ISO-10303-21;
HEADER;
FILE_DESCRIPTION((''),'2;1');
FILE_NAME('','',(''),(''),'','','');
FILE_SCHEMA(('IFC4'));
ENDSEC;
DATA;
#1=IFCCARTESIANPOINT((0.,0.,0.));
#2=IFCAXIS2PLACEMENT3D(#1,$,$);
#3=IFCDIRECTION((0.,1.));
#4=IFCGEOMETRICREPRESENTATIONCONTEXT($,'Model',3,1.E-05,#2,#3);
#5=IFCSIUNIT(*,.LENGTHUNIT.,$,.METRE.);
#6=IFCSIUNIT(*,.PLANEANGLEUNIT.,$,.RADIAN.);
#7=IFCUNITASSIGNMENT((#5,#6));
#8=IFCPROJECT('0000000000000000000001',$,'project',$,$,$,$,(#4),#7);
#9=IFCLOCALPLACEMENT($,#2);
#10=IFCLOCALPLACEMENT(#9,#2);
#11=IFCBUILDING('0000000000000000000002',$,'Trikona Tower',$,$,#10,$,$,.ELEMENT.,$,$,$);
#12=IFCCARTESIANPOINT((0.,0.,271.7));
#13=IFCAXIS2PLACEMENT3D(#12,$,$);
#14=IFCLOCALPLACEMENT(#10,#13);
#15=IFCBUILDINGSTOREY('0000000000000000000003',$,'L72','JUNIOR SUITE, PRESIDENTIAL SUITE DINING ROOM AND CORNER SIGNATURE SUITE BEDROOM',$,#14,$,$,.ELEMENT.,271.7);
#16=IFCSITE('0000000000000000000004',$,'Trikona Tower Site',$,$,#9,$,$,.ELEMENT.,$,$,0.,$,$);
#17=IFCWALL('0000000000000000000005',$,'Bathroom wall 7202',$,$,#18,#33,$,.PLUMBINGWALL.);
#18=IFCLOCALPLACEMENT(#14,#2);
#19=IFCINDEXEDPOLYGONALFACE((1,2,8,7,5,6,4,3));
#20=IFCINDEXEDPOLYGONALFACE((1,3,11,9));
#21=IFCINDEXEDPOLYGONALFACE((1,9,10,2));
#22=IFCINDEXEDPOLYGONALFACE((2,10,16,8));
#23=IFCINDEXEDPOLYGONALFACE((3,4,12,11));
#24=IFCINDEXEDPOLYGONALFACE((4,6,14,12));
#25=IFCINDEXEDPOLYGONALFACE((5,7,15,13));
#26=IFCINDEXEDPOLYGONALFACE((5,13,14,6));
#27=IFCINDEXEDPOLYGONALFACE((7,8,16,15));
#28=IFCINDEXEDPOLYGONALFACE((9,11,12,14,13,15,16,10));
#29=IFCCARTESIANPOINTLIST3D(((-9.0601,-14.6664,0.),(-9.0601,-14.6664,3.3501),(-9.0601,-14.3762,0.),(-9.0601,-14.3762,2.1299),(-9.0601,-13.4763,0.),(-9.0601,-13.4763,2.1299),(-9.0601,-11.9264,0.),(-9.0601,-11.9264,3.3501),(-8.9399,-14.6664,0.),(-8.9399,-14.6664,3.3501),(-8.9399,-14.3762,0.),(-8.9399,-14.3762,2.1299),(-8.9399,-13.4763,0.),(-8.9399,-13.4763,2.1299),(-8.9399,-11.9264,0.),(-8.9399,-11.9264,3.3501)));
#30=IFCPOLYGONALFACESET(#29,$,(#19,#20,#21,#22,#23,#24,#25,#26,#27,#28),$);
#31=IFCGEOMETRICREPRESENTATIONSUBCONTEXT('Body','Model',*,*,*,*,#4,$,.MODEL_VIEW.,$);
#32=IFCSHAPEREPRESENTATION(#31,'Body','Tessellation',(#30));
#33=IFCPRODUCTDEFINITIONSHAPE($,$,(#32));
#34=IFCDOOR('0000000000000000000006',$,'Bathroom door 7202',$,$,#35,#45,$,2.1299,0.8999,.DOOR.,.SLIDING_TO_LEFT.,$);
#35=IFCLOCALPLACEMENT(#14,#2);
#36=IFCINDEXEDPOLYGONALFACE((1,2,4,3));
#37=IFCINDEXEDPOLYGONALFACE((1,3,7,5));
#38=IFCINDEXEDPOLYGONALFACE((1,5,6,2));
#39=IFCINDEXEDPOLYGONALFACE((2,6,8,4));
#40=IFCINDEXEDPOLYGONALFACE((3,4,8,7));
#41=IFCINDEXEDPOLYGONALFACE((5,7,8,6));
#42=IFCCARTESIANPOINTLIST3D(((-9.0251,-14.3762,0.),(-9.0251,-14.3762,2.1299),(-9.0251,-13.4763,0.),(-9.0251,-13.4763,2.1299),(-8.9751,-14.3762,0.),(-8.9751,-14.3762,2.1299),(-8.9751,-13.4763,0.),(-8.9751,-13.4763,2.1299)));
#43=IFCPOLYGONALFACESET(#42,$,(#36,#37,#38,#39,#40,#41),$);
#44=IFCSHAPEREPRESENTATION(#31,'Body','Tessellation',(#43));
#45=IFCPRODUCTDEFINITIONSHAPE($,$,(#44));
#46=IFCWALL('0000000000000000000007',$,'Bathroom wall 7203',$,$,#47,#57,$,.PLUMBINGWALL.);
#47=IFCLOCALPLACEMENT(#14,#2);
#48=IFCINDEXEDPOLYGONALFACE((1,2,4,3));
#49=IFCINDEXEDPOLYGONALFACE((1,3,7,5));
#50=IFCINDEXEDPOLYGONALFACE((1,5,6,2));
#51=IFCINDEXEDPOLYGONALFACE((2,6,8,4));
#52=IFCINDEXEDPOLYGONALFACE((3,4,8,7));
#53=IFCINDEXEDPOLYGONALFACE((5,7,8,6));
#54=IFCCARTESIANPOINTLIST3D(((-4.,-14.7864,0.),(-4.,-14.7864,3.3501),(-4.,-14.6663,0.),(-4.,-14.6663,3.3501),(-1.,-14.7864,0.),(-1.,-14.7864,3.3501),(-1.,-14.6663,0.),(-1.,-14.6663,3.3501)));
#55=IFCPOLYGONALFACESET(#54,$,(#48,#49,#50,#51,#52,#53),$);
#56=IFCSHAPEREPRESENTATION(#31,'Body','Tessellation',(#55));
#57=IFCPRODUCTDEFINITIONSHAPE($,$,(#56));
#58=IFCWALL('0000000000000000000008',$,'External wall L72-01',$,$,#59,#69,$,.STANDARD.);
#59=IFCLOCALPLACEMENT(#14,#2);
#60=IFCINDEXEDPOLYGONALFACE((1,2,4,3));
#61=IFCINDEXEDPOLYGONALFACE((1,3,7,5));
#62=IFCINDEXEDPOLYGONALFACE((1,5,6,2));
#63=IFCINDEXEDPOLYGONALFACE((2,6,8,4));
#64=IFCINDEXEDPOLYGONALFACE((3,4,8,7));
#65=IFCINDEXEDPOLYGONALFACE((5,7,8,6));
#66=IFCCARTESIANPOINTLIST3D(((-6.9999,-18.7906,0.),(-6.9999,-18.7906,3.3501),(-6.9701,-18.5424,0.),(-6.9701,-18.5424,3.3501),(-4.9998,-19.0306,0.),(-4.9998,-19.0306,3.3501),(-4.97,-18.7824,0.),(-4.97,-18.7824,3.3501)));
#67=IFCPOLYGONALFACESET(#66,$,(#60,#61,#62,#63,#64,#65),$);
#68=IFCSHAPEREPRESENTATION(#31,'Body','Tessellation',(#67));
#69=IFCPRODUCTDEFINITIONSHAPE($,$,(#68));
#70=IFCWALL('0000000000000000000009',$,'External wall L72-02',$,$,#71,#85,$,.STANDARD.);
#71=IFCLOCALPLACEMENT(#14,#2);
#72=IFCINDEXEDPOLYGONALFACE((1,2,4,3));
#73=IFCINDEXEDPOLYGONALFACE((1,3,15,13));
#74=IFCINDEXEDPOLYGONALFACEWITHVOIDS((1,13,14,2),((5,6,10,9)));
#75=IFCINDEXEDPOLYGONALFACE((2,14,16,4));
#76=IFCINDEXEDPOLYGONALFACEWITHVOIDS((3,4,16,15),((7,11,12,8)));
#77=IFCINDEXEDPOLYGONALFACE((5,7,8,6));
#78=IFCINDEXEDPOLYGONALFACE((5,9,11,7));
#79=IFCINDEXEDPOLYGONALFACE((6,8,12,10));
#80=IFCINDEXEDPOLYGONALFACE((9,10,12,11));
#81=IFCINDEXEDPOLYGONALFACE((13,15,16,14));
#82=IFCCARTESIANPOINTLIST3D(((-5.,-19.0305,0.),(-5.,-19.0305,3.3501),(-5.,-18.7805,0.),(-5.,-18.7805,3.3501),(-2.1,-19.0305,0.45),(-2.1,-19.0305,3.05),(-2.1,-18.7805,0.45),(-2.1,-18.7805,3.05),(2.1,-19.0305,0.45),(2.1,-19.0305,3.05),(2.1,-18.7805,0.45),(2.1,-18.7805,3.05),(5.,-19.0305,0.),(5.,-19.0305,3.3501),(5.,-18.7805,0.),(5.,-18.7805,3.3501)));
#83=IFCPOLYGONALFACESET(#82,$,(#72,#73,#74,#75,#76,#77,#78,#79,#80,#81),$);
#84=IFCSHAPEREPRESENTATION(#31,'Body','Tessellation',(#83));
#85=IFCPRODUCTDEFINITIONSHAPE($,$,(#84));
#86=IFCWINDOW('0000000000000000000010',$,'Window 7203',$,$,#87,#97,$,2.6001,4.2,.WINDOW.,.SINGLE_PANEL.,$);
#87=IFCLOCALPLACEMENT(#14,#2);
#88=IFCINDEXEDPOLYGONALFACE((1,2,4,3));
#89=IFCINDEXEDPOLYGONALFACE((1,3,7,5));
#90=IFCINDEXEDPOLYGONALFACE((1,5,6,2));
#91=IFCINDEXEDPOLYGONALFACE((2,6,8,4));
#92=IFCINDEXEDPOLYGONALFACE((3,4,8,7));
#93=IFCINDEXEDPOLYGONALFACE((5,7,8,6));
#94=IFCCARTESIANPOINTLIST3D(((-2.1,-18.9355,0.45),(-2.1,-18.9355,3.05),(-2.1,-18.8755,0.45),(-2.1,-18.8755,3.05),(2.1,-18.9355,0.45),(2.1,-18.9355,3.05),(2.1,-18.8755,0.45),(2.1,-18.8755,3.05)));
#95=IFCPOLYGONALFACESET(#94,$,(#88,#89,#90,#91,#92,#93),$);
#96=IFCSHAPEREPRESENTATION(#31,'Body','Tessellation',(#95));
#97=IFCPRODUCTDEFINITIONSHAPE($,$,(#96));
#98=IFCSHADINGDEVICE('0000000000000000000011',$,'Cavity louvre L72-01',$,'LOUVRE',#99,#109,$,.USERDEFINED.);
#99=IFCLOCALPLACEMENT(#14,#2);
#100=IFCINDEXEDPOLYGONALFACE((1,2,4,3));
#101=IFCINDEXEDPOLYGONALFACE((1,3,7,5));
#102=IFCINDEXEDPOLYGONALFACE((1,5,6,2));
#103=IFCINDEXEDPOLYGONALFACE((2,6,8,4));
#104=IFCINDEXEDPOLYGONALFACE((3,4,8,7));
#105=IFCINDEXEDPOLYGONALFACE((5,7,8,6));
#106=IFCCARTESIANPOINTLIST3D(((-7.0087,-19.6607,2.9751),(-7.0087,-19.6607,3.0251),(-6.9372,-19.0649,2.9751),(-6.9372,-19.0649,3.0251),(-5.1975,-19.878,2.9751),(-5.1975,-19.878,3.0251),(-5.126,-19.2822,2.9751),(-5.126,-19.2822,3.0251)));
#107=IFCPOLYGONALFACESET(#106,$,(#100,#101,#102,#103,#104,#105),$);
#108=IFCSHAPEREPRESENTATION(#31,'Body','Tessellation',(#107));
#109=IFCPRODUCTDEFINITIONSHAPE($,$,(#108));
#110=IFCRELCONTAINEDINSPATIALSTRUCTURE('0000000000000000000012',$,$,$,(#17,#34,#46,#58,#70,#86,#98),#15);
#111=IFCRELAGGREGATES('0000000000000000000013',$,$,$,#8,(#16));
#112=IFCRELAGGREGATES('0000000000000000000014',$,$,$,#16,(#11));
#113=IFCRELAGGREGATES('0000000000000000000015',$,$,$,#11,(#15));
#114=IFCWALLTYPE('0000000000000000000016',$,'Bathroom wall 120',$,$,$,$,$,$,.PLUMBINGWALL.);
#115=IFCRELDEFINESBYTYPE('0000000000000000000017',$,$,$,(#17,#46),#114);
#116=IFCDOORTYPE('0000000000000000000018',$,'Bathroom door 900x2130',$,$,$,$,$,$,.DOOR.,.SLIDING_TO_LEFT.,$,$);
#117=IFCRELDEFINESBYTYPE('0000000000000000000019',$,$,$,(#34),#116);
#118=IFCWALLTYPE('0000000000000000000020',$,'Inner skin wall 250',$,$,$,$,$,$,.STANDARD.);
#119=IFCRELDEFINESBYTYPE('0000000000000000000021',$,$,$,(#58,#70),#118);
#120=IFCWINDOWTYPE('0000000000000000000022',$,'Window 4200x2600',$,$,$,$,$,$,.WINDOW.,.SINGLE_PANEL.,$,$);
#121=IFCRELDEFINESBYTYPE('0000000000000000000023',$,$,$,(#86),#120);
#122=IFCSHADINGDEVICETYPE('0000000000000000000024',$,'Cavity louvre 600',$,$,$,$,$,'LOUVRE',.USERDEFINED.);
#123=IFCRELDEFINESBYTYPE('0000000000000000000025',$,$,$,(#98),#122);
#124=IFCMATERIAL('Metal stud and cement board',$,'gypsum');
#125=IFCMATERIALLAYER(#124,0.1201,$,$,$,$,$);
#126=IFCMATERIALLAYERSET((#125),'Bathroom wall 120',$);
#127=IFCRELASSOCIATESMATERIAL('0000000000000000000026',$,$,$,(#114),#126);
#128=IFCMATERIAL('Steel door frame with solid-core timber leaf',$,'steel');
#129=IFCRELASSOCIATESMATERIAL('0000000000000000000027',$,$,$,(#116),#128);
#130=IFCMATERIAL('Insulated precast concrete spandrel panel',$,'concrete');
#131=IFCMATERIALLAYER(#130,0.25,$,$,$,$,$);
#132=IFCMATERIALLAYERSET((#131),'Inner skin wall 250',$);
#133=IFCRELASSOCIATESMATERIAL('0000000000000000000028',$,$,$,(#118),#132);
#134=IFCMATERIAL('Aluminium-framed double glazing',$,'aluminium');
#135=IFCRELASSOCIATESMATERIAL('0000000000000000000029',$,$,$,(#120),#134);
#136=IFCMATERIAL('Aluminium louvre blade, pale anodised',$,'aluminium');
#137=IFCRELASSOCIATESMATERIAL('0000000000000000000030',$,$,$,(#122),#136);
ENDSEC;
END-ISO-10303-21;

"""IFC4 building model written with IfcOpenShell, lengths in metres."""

from ifc_helpers import new_model, si_unit, direction, frame, frame_2d, origin, origin_2d, place, context, subcontext, project, spatial, rectangle, extrude, material, layer, layer_set, type_object, element, fill, save


model = new_model("IFC4")

# Units and contexts
model_context = context("Model", 3, precision=1e-05, world=origin(), true_north=direction((0.0, 1.0)))
body_context = subcontext(model_context, "Body", "Model", "MODEL_VIEW")
ifc_project = project(units=[si_unit("LENGTHUNIT", "METRE"), si_unit("PLANEANGLEUNIT", "RADIAN")], contexts=[model_context])

# Site, building, storey
site_placement = place(None, origin())
site = spatial("IfcSite", under=ifc_project, at=site_placement, Name="Trikona Tower Site", CompositionType="ELEMENT", RefElevation=0.0)
building_placement = place(site_placement, origin())
building = spatial("IfcBuilding", under=site, at=building_placement, Name="Trikona Tower", CompositionType="ELEMENT")
storey_placement = place(building_placement, frame((0.0, 0.0, 271.7)))
storey = spatial("IfcBuildingStorey", under=building, at=storey_placement, Name="L72", Description="JUNIOR SUITE, PRESIDENTIAL SUITE DINING ROOM AND CORNER SIGNATURE SUITE BEDROOM", CompositionType="ELEMENT", Elevation=271.7)

# Wall, opening, door
ifc_material_1 = material(Name="Metal stud and cement board", Category="gypsum")
ifc_layer_1 = layer(ifc_material_1, 0.1201)
ifc_layer_set_1 = layer_set([ifc_layer_1], Name="Bathroom wall 120")
wall_type_1 = type_object("IfcWallType", Name="Bathroom wall 120", PredefinedType="PLUMBINGWALL", material=ifc_layer_set_1)
wall_1_placement = place(storey_placement, frame((-9.0, -11.9263, 0.0), z_axis=(0.0, 0.0, 1.0), x_axis=(0.0, -1.0, 0.0)))
wall_1 = element("IfcWall", 1, at=wall_1_placement, inside=storey, type_object=wall_type_1, Name="Bathroom wall 7202", PredefinedType="PLUMBINGWALL", context=body_context, shape_type="SweptSolid", body=[
    extrude(rectangle(XDim=2.74, YDim=0.1201, at=frame_2d((1.3701, 0.0))), origin(), (0.0, 0.0, 1.0), 3.3501),
])
opening_1_placement = place(wall_1_placement, frame((1.55, 0.0, 0.0)))
opening_1 = element("IfcOpeningElement", 2, at=opening_1_placement, cuts=wall_1, PredefinedType="OPENING", context=body_context, shape_type="SweptSolid", body=[
    extrude(rectangle(XDim=0.8999, YDim=2.1299, at=frame_2d((0.45, 1.0649))), frame((0.0, 0.0701, 0.0), z_axis=(0.0, -1.0, 0.0), x_axis=(1.0, 0.0, 0.0)), (0.0, 0.0, 1.0), 0.1401),
])
ifc_material_2 = material(Name="Steel door frame with solid-core timber leaf", Category="steel")
door_type = type_object("IfcDoorType", Name="Bathroom door 900x2130", OperationType="SLIDING_TO_LEFT", PredefinedType="DOOR", material=ifc_material_2)
door_placement = place(opening_1_placement, origin())
door = element("IfcDoor", 3, at=door_placement, inside=storey, type_object=door_type, Name="Bathroom door 7202", OperationType="SLIDING_TO_LEFT", OverallHeight=2.1299, OverallWidth=0.8999, PredefinedType="DOOR", context=body_context, shape_type="SweptSolid", body=[
    extrude(rectangle(XDim=0.8999, YDim=2.1299, at=frame_2d((0.45, 1.0649))), frame((0.0, 0.0249, 0.0), z_axis=(0.0, -1.0, 0.0), x_axis=(1.0, 0.0, 0.0)), (0.0, 0.0, 1.0), 0.05),
])
fill(opening_1, door)

# Walls
wall_2_placement = place(storey_placement, frame((-4.0, -14.7263, 0.0), z_axis=(0.0, 0.0, 1.0), x_axis=(1.0, 0.0, 0.0)))
element("IfcWall", 4, at=wall_2_placement, inside=storey, type_object=wall_type_1, Name="Bathroom wall 7203", PredefinedType="PLUMBINGWALL", context=body_context, shape_type="SweptSolid", body=[
    extrude(rectangle(XDim=3.0, YDim=0.1201, at=frame_2d((1.5, 0.0))), origin(), (0.0, 0.0, 1.0), 3.3501),
])
ifc_material_3 = material(Name="Insulated precast concrete spandrel panel", Category="concrete")
ifc_layer_2 = layer(ifc_material_3, 0.25)
ifc_layer_set_2 = layer_set([ifc_layer_2], Name="Inner skin wall 250")
wall_type_2 = type_object("IfcWallType", Name="Inner skin wall 250", PredefinedType="STANDARD", material=ifc_layer_set_2)
wall_3_placement = place(storey_placement, frame((-6.9851, -18.6665, 0.0), z_axis=(0.0, 0.0, 1.0), x_axis=(0.992877, -0.11914, 0.0)))
element("IfcWall", 5, at=wall_3_placement, inside=storey, type_object=wall_type_2, Name="External wall L72-01", PredefinedType="STANDARD", context=body_context, shape_type="SweptSolid", body=[
    extrude(rectangle(XDim=2.0144, YDim=0.25, at=frame_2d((1.0073, 0.0))), origin(), (0.0, 0.0, 1.0), 3.3501),
])

# Wall, opening, window
wall_4_placement = place(storey_placement, frame((-5.0, -18.9055, 0.0), z_axis=(0.0, 0.0, 1.0), x_axis=(1.0, 0.0, 0.0)))
wall_4 = element("IfcWall", 6, at=wall_4_placement, inside=storey, type_object=wall_type_2, Name="External wall L72-02", PredefinedType="STANDARD", context=body_context, shape_type="SweptSolid", body=[
    extrude(rectangle(XDim=10.0, YDim=0.25, at=frame_2d((5.0, 0.0))), origin(), (0.0, 0.0, 1.0), 3.3501),
])
opening_2_placement = place(wall_4_placement, frame((2.8999, 0.0, 0.45)))
opening_2 = element("IfcOpeningElement", 7, at=opening_2_placement, cuts=wall_4, PredefinedType="OPENING", context=body_context, shape_type="SweptSolid", body=[
    extrude(rectangle(XDim=4.2, YDim=2.6001, at=frame_2d((2.1001, 1.3))), frame((0.0, 0.135, 0.0), z_axis=(0.0, -1.0, 0.0), x_axis=(1.0, 0.0, 0.0)), (0.0, 0.0, 1.0), 0.27),
])
ifc_material_4 = material(Name="Aluminium-framed double glazing", Category="aluminium")
window_type = type_object("IfcWindowType", Name="Window 4200x2600", PartitioningType="SINGLE_PANEL", PredefinedType="WINDOW", material=ifc_material_4)
window_placement = place(opening_2_placement, origin())
window = element("IfcWindow", 8, at=window_placement, inside=storey, type_object=window_type, Name="Window 7203", OverallHeight=2.6001, OverallWidth=4.2, PartitioningType="SINGLE_PANEL", PredefinedType="WINDOW", context=body_context, shape_type="SweptSolid", body=[
    extrude(rectangle(XDim=4.2, YDim=2.6001, at=frame_2d((2.1001, 1.3))), frame((0.0, 0.03, 0.0), z_axis=(0.0, -1.0, 0.0), x_axis=(1.0, 0.0, 0.0)), (0.0, 0.0, 1.0), 0.0601),
])
fill(opening_2, window)

# Shading device
ifc_material_5 = material(Name="Aluminium louvre blade, pale anodised", Category="aluminium")
shading_device_type = type_object("IfcShadingDeviceType", Name="Cavity louvre 600", ElementType="LOUVRE", PredefinedType="USERDEFINED", material=ifc_material_5)
shading_device_placement = place(storey_placement, frame((-6.0674, -19.4714, 2.9751), z_axis=(0.0, 0.0, 1.0), x_axis=(0.992877, -0.119146, 0.0)))
element("IfcShadingDevice", 9, at=shading_device_placement, inside=storey, type_object=shading_device_type, Name="Cavity louvre L72-01", ObjectType="LOUVRE", PredefinedType="USERDEFINED", context=body_context, shape_type="SweptSolid", body=[
    extrude(rectangle(XDim=1.8242, YDim=0.6001, at=origin_2d()), origin(), (0.0, 0.0, 1.0), 0.05),
])

save(model, "model.ifc")
